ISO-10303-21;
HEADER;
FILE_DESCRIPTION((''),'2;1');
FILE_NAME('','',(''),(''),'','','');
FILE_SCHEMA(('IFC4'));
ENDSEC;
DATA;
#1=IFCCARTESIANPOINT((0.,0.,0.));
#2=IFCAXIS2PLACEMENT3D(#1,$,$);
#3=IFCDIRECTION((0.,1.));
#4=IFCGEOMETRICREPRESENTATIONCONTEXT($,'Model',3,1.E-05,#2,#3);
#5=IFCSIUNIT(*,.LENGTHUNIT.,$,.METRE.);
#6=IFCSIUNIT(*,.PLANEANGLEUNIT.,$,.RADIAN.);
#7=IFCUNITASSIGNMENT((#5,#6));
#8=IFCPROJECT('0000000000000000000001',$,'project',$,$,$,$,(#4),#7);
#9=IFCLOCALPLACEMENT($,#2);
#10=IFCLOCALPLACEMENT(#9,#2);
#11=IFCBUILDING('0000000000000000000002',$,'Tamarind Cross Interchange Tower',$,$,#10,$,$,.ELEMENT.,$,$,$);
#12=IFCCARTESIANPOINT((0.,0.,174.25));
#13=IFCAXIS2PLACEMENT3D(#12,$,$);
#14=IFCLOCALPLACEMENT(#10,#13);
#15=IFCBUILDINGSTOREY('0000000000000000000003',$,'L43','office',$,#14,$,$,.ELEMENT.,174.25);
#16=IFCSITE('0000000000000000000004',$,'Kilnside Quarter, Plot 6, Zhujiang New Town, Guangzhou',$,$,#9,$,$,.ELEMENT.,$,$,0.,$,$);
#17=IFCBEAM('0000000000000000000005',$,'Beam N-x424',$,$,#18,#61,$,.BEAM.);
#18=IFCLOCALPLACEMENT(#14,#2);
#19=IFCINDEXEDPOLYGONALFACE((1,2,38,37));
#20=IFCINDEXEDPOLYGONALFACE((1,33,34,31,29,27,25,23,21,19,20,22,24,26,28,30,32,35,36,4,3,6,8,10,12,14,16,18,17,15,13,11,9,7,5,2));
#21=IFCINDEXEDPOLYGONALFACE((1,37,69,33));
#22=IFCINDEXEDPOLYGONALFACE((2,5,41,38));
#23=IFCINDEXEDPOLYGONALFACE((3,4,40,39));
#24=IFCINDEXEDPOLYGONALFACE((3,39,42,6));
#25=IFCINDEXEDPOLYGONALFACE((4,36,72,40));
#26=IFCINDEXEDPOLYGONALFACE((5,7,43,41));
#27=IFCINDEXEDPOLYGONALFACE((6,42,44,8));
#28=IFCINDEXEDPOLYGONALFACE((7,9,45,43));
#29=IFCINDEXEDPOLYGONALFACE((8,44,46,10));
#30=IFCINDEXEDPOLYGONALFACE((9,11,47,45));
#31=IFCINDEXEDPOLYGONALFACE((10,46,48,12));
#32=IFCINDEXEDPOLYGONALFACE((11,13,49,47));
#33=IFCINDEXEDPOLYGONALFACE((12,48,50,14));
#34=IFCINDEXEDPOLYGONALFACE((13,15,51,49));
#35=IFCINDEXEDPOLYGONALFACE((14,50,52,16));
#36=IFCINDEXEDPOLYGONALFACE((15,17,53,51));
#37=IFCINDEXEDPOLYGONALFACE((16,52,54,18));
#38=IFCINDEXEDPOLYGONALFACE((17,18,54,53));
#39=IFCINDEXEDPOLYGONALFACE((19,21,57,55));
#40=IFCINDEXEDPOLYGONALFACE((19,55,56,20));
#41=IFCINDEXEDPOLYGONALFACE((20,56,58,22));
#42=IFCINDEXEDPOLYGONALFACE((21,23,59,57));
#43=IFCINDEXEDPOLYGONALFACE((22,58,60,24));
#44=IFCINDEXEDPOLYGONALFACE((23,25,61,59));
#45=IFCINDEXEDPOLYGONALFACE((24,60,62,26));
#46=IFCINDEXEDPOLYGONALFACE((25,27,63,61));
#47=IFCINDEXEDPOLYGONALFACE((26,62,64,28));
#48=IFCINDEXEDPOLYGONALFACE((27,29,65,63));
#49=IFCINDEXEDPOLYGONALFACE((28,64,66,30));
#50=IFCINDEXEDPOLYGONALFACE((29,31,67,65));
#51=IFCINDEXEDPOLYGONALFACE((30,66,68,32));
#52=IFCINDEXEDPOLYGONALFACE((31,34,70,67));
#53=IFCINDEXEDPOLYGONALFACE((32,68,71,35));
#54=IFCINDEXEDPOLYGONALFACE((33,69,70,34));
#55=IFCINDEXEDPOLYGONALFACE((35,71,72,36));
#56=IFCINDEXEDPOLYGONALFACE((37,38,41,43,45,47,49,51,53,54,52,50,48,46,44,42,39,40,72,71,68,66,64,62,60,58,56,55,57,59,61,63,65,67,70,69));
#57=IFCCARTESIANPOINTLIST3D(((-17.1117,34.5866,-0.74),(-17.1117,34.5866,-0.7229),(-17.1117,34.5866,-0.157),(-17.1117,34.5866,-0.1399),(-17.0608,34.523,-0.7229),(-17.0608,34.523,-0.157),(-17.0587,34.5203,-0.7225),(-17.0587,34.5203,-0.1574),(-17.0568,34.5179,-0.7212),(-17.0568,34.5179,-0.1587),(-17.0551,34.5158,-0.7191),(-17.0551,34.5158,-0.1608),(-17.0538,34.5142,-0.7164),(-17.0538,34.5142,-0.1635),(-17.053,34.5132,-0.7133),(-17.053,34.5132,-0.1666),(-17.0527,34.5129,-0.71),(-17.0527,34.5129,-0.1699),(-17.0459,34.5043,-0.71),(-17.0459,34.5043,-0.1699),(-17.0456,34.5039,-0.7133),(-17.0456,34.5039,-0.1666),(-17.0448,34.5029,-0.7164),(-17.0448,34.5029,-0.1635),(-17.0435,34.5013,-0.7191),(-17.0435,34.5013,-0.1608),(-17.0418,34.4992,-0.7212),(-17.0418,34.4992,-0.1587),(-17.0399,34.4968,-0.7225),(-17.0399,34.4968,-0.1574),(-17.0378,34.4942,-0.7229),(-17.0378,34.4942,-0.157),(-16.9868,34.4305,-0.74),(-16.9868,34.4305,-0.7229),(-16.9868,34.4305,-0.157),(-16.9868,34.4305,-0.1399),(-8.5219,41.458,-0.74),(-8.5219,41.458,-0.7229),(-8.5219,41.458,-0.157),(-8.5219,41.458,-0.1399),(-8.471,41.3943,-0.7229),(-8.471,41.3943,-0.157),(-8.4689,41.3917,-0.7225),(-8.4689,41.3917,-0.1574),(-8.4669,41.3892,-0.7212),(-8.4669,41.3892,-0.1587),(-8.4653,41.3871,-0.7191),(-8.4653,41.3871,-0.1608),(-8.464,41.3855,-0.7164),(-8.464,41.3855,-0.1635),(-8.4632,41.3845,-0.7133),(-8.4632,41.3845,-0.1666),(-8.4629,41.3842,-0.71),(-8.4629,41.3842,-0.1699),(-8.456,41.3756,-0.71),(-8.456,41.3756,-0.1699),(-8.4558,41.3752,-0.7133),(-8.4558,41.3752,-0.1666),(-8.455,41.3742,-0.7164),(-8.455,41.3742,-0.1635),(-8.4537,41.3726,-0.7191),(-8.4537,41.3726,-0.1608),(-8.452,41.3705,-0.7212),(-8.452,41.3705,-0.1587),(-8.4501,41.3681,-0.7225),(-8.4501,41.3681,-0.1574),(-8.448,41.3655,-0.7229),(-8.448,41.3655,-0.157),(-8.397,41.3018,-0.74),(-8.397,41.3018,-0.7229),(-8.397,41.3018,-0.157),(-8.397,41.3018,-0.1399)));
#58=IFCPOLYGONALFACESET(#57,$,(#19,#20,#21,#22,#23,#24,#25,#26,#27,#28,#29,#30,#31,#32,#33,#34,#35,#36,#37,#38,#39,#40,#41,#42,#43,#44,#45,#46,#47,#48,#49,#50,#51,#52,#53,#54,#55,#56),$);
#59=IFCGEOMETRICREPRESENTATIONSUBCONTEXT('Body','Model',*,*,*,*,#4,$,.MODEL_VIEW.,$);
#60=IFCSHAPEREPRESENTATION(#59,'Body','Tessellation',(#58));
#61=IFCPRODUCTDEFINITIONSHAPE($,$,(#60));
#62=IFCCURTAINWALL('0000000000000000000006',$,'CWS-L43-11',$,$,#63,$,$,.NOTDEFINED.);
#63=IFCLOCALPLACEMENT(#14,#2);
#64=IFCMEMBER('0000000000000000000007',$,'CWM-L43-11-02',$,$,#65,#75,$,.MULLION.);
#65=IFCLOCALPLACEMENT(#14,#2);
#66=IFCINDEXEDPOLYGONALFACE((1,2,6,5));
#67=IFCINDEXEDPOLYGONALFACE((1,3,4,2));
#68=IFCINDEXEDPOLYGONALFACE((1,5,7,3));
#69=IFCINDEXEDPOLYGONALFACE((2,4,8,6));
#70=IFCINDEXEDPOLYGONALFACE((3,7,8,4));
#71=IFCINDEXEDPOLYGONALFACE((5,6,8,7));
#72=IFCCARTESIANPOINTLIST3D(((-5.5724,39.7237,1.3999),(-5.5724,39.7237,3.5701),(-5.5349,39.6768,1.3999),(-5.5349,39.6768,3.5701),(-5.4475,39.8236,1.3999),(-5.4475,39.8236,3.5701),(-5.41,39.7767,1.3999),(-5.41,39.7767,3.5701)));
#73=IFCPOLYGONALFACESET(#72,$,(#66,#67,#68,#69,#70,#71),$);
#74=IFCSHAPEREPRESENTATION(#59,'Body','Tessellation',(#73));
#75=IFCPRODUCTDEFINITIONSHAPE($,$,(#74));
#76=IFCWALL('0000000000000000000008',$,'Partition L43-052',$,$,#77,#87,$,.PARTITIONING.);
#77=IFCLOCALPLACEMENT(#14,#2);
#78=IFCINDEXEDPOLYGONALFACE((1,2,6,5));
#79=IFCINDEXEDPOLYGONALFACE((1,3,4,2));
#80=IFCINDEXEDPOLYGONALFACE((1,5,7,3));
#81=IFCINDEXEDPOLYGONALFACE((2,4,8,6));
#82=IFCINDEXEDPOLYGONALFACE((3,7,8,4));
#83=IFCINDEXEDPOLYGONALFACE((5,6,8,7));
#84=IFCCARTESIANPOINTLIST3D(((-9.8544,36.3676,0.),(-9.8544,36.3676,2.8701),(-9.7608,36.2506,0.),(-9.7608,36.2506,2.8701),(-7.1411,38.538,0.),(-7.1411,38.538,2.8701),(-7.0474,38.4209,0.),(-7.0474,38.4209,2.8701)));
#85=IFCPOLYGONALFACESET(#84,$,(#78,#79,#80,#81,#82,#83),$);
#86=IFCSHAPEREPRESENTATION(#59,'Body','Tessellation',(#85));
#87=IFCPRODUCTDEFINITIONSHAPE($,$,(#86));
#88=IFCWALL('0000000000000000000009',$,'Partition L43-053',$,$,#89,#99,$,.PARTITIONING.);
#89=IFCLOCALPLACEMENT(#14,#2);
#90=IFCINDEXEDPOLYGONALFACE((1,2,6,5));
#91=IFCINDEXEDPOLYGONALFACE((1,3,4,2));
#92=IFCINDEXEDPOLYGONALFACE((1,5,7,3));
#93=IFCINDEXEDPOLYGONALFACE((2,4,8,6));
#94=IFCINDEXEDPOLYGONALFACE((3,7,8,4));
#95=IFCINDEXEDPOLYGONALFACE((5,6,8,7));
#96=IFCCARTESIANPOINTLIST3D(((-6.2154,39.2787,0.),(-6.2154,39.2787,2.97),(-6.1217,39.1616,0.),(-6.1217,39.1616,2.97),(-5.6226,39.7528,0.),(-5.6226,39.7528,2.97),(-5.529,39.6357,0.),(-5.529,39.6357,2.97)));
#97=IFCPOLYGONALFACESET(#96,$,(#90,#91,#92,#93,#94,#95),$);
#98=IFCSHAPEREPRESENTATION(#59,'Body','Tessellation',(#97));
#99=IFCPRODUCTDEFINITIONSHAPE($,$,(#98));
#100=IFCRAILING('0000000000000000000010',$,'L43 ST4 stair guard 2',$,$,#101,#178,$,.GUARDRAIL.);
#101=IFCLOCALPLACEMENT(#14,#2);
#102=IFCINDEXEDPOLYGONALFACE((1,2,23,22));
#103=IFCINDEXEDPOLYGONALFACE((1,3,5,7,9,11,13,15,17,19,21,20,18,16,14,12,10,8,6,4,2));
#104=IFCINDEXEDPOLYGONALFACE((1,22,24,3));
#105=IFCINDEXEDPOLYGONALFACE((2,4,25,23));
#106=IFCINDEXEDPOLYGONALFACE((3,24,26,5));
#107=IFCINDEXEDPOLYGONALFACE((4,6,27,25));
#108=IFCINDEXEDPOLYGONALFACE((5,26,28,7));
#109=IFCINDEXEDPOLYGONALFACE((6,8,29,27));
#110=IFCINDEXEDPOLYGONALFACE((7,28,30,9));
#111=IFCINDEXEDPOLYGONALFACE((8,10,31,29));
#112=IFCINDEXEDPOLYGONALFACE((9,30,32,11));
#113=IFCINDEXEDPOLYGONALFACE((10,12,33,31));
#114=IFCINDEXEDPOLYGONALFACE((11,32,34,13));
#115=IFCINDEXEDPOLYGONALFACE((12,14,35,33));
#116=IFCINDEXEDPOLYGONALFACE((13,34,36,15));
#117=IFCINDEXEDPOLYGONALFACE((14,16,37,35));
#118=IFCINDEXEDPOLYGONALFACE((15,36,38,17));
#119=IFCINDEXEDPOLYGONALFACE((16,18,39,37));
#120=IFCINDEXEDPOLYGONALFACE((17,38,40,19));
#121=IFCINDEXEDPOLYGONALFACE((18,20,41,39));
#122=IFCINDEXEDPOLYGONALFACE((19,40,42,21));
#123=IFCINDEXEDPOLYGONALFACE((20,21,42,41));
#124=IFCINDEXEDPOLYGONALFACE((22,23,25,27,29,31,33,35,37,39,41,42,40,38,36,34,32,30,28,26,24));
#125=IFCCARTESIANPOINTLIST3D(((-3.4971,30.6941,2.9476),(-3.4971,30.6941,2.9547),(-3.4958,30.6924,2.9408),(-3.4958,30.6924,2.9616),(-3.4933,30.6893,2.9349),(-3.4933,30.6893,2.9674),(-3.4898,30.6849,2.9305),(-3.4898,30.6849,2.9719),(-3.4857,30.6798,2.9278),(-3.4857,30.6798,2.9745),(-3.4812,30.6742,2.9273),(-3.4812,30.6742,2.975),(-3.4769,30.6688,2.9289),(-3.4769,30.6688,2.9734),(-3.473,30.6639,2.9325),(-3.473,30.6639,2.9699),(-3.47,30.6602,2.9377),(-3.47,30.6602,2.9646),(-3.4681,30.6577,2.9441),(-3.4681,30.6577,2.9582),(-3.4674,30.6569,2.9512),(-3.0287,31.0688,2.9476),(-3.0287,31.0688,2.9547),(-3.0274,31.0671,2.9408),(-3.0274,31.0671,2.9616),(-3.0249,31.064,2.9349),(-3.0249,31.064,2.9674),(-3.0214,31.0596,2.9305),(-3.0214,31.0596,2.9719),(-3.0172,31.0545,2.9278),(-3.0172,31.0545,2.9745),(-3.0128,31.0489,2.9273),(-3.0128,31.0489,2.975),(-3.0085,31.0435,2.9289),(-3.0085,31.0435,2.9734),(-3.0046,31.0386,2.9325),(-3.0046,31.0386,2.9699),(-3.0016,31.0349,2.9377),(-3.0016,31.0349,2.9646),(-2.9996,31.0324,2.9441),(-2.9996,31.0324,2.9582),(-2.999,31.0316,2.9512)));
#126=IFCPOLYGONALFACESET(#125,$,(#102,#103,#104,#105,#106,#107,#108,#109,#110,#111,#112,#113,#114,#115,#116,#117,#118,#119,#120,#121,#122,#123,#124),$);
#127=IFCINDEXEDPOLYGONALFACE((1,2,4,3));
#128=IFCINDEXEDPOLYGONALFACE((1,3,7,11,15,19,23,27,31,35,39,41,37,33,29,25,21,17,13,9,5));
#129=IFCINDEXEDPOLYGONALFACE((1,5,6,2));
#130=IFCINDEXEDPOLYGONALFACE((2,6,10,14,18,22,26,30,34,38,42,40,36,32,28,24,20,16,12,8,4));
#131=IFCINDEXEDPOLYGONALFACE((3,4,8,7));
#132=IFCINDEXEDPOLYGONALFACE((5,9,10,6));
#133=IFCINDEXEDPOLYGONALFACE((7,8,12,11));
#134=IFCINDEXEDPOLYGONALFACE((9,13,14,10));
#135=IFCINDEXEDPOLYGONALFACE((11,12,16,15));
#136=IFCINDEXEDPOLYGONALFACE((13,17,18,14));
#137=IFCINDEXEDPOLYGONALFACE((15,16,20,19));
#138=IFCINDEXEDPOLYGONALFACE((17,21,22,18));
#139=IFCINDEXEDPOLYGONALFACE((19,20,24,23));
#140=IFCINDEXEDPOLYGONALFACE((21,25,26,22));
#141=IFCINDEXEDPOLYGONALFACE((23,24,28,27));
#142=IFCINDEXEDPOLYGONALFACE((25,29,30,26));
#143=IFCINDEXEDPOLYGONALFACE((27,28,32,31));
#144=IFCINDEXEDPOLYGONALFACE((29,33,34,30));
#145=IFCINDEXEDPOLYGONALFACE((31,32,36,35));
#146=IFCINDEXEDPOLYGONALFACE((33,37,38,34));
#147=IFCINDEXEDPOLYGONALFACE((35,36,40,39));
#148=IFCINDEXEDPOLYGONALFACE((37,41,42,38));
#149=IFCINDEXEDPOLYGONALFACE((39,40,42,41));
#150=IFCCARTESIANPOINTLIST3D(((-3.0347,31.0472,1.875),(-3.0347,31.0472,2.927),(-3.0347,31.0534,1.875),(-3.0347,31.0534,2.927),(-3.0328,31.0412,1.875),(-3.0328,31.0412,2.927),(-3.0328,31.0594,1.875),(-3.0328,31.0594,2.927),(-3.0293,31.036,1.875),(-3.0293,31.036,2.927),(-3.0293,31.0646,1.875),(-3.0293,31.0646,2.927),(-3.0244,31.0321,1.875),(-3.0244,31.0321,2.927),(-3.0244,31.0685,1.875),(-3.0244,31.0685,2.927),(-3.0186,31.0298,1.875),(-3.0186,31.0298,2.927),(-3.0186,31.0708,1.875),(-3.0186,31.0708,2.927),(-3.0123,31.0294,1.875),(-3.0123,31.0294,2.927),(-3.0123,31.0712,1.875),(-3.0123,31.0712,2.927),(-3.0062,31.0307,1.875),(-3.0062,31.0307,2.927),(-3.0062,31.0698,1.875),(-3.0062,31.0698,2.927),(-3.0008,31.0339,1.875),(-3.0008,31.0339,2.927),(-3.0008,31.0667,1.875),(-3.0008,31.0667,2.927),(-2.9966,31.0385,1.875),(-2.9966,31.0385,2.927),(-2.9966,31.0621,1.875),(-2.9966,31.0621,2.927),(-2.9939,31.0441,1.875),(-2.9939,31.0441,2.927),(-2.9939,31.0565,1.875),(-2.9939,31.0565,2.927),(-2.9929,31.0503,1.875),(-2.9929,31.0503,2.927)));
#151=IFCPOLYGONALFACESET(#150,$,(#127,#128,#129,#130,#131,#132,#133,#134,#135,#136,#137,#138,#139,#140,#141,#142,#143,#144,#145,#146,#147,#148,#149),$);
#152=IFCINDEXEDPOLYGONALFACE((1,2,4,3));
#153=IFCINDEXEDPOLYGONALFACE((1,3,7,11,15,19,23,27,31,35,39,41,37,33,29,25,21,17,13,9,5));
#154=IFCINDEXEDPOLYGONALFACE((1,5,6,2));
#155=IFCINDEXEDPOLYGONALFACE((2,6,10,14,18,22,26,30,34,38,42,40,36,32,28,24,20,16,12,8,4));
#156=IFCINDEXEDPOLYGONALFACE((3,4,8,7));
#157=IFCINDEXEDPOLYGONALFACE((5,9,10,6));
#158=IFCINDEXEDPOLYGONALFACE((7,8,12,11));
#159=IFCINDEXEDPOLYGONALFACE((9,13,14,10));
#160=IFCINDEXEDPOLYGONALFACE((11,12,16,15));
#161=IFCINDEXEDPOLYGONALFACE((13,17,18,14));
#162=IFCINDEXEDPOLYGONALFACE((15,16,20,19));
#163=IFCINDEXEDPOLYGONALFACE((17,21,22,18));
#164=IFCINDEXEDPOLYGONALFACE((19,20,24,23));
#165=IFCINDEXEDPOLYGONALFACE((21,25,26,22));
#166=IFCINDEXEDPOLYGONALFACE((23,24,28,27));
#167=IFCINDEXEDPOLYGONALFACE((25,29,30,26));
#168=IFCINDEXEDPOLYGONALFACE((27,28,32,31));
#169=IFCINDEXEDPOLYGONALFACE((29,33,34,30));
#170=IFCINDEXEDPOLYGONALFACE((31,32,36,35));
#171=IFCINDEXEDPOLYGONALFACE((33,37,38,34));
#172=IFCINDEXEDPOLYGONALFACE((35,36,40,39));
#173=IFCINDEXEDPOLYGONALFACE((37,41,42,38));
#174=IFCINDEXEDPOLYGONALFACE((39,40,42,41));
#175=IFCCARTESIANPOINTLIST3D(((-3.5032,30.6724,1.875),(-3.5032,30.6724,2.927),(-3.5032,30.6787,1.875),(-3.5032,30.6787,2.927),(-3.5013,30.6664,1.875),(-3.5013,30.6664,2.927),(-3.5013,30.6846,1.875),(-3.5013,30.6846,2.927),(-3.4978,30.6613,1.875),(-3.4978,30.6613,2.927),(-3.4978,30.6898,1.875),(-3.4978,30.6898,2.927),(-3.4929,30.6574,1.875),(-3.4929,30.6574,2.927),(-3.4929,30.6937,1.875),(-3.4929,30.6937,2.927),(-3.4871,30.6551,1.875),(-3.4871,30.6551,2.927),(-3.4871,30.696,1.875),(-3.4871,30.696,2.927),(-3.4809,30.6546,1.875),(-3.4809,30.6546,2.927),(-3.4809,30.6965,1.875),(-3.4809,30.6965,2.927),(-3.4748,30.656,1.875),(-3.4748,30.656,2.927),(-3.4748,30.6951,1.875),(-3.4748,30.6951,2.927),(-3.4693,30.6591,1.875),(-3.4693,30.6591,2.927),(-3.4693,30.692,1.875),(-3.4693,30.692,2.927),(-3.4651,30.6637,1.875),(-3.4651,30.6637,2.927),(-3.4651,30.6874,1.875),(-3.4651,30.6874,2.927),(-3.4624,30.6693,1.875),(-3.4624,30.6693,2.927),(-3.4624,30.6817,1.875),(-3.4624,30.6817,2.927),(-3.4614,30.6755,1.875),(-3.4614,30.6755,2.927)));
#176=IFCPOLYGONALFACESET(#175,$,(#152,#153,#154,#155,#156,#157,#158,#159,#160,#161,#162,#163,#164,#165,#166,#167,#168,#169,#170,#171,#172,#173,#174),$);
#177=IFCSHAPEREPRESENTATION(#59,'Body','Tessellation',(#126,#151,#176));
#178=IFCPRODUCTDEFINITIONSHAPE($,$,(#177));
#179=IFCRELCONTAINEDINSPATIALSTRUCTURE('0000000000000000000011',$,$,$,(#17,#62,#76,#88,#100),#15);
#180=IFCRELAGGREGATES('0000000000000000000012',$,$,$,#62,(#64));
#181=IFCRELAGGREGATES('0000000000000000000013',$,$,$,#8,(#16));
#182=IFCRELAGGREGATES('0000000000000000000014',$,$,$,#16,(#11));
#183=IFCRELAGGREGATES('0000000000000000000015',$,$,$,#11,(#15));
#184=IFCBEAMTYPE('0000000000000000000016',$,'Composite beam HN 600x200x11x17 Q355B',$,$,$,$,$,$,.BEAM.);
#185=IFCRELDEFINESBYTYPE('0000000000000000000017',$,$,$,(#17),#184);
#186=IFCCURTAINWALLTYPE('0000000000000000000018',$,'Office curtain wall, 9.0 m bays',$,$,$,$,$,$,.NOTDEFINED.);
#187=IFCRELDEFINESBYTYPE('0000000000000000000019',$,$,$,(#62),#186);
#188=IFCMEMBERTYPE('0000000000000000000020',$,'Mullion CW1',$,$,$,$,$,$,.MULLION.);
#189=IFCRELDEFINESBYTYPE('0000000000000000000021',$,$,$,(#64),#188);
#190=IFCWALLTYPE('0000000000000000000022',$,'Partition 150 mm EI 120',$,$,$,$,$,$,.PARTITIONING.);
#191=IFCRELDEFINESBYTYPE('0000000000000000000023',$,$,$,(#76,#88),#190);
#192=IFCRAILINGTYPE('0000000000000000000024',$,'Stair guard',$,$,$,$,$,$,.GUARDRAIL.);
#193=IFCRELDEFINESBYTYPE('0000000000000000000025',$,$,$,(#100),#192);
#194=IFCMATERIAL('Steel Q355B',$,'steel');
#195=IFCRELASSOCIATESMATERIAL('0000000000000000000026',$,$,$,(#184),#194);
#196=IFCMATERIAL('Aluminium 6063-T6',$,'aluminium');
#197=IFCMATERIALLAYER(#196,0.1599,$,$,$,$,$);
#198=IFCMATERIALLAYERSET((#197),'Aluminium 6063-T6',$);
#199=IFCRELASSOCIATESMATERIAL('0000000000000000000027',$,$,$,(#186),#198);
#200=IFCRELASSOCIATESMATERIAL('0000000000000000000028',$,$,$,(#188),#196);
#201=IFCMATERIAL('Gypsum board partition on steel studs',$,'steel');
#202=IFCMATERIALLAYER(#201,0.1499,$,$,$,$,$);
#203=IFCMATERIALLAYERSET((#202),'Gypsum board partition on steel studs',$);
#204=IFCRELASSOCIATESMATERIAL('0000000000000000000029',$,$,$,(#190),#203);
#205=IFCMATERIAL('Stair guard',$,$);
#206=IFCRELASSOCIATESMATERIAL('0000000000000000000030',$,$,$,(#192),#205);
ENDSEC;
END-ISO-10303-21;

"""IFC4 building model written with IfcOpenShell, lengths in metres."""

from ifc_helpers import new_model, si_unit, direction, frame, frame_2d, origin, origin_2d, place, context, subcontext, project, spatial, rectangle, circle, i_section, extrude, material, layer, layer_set, material_profile, profile_set, type_object, element, aggregate, save


model = new_model("IFC4")

# Units and contexts
model_context = context("Model", 3, precision=1e-05, world=origin(), true_north=direction((0.0, 1.0)))
body_context = subcontext(model_context, "Body", "Model", "MODEL_VIEW")
ifc_project = project(units=[si_unit("LENGTHUNIT", "METRE"), si_unit("PLANEANGLEUNIT", "RADIAN")], contexts=[model_context])

# Site, building, storey
site_placement = place(None, origin())
site = spatial("IfcSite", under=ifc_project, at=site_placement, Name="Kilnside Quarter, Plot 6, Zhujiang New Town, Guangzhou", CompositionType="ELEMENT", RefElevation=0.0)
building_placement = place(site_placement, origin())
building = spatial("IfcBuilding", under=site, at=building_placement, Name="Tamarind Cross Interchange Tower", CompositionType="ELEMENT")
storey_placement = place(building_placement, frame((0.0, 0.0, 174.25)))
storey = spatial("IfcBuildingStorey", under=building, at=storey_placement, Name="L43", Description="office", CompositionType="ELEMENT", Elevation=174.25)

# Beam
ifc_material_1 = material(Name="Steel Q355B", Category="steel")
ifc_material_profile_1 = material_profile(ifc_material_1, i_section(OverallWidth=0.2, OverallDepth=0.6001, WebThickness=0.011, FlangeThickness=0.0171, FilletRadius=0.0129, at=origin_2d()), Name="HN 600x200x11x17")
ifc_profile_set_1 = profile_set([ifc_material_profile_1], Name="Steel Q355B")
beam_type_1 = type_object("IfcBeamType", Name="Composite beam HN 600x200x11x17 Q355B", PredefinedType="BEAM", material=ifc_profile_set_1)
for number, where, z_axis, x_axis, name in (
    (1, (-8.4595, 41.3799, -0.4399), (-0.780893, -0.624665, 0.0), (0.624665, -0.780893, 0.0), "Beam N-x424"),
):
    element("IfcBeam", number, at=place(storey_placement, frame(where, z_axis=z_axis, x_axis=x_axis)), inside=storey, type_object=beam_type_1, Name=name, PredefinedType="BEAM", context=body_context, shape_type="SweptSolid", body=[
        extrude(i_section(OverallWidth=0.2, OverallDepth=0.6001, WebThickness=0.011, FlangeThickness=0.0171, FilletRadius=0.0129, at=origin_2d()), origin(), (0.0, 0.0, 1.0), 11.0),
    ])

# Curtain wall, member
ifc_material_2 = material(Name="Aluminium 6063-T6", Category="aluminium")
ifc_layer_1 = layer(ifc_material_2, 0.1599)
ifc_layer_set_1 = layer_set([ifc_layer_1], Name="Aluminium 6063-T6")
curtain_wall_type = type_object("IfcCurtainWallType", Name="Office curtain wall, 9.0 m bays", PredefinedType="NOTDEFINED", material=ifc_layer_set_1)
curtain_wall_placement = place(storey_placement, origin())
curtain_wall = element("IfcCurtainWall", 2, at=curtain_wall_placement, inside=storey, type_object=curtain_wall_type, Name="CWS-L43-11", PredefinedType="NOTDEFINED")
ifc_material_profile_2 = material_profile(ifc_material_2, rectangle(XDim=0.0601, YDim=0.1599, at=origin_2d()), Name="Mullion CW1")
ifc_profile_set_2 = profile_set([ifc_material_profile_2], Name="Aluminium 6063-T6")
member_type = type_object("IfcMemberType", Name="Mullion CW1", PredefinedType="MULLION", material=ifc_profile_set_2)
member_placement = place(storey_placement, frame((-5.4912, 39.7502, 1.3999), z_axis=(0.0, 0.0, 1.0), x_axis=(-0.624665, 0.780893, 0.0)))
member = element("IfcMember", 3, at=member_placement, type_object=member_type, Name="CWM-L43-11-02", PredefinedType="MULLION", context=body_context, shape_type="SweptSolid", body=[
    extrude(rectangle(XDim=0.0601, YDim=0.1599, at=origin_2d()), origin(), (0.0, 0.0, 1.0), 2.1702),
])
aggregate(curtain_wall, [member])

# Walls
ifc_material_3 = material(Name="Gypsum board partition on steel studs", Category="steel")
ifc_layer_2 = layer(ifc_material_3, 0.1499)
ifc_layer_set_2 = layer_set([ifc_layer_2], Name="Gypsum board partition on steel studs")
wall_type = type_object("IfcWallType", Name="Partition 150 mm EI 120", PredefinedType="PARTITIONING", material=ifc_layer_set_2)
wall_1_placement = place(storey_placement, frame((-9.8076, 36.3091, 0.0), z_axis=(0.0, 0.0, 1.0), x_axis=(0.78091, 0.624644, 0.0)))
element("IfcWall", 4, at=wall_1_placement, inside=storey, type_object=wall_type, Name="Partition L43-052", PredefinedType="PARTITIONING", context=body_context, shape_type="SweptSolid", body=[
    extrude(rectangle(XDim=3.4746, YDim=0.1499, at=frame_2d((1.7373, 0.0))), origin(), (0.0, 0.0, 1.0), 2.8701),
])
wall_2_placement = place(storey_placement, frame((-6.1685, 39.2202, 0.0), z_axis=(0.0, 0.0, 1.0), x_axis=(0.780932, 0.624617, 0.0)))
element("IfcWall", 5, at=wall_2_placement, inside=storey, type_object=wall_type, Name="Partition L43-053", PredefinedType="PARTITIONING", context=body_context, shape_type="SweptSolid", body=[
    extrude(rectangle(XDim=0.759, YDim=0.1499, at=frame_2d((0.3794, 0.0))), origin(), (0.0, 0.0, 1.0), 2.97),
])

# Railing
ifc_material_4 = material(Name="Stair guard")
railing_type = type_object("IfcRailingType", Name="Stair guard", PredefinedType="GUARDRAIL", material=ifc_material_4)
railing_placement = place(storey_placement, frame((-3.0139, 31.0503, 1.875)))
element("IfcRailing", 6, at=railing_placement, inside=storey, type_object=railing_type, Name="L43 ST4 stair guard 2", PredefinedType="GUARDRAIL", context=body_context, shape_type="SweptSolid", body=[
    extrude(circle(Radius=0.0239, at=origin_2d()), frame((0.0, 0.0, 1.0762), z_axis=(-0.780909, -0.624645, 0.0), x_axis=(0.624645, -0.780909, 0.0)), (0.0, 0.0, 1.0), 0.5999),
    extrude(circle(Radius=0.021, at=origin_2d()), origin(), (0.0, 0.0, 1.0), 1.052),
    extrude(circle(Radius=0.021, at=origin_2d()), frame((-0.4685, -0.3748, 0.0)), (0.0, 0.0, 1.0), 1.052),
])

save(model, "model.ifc")
